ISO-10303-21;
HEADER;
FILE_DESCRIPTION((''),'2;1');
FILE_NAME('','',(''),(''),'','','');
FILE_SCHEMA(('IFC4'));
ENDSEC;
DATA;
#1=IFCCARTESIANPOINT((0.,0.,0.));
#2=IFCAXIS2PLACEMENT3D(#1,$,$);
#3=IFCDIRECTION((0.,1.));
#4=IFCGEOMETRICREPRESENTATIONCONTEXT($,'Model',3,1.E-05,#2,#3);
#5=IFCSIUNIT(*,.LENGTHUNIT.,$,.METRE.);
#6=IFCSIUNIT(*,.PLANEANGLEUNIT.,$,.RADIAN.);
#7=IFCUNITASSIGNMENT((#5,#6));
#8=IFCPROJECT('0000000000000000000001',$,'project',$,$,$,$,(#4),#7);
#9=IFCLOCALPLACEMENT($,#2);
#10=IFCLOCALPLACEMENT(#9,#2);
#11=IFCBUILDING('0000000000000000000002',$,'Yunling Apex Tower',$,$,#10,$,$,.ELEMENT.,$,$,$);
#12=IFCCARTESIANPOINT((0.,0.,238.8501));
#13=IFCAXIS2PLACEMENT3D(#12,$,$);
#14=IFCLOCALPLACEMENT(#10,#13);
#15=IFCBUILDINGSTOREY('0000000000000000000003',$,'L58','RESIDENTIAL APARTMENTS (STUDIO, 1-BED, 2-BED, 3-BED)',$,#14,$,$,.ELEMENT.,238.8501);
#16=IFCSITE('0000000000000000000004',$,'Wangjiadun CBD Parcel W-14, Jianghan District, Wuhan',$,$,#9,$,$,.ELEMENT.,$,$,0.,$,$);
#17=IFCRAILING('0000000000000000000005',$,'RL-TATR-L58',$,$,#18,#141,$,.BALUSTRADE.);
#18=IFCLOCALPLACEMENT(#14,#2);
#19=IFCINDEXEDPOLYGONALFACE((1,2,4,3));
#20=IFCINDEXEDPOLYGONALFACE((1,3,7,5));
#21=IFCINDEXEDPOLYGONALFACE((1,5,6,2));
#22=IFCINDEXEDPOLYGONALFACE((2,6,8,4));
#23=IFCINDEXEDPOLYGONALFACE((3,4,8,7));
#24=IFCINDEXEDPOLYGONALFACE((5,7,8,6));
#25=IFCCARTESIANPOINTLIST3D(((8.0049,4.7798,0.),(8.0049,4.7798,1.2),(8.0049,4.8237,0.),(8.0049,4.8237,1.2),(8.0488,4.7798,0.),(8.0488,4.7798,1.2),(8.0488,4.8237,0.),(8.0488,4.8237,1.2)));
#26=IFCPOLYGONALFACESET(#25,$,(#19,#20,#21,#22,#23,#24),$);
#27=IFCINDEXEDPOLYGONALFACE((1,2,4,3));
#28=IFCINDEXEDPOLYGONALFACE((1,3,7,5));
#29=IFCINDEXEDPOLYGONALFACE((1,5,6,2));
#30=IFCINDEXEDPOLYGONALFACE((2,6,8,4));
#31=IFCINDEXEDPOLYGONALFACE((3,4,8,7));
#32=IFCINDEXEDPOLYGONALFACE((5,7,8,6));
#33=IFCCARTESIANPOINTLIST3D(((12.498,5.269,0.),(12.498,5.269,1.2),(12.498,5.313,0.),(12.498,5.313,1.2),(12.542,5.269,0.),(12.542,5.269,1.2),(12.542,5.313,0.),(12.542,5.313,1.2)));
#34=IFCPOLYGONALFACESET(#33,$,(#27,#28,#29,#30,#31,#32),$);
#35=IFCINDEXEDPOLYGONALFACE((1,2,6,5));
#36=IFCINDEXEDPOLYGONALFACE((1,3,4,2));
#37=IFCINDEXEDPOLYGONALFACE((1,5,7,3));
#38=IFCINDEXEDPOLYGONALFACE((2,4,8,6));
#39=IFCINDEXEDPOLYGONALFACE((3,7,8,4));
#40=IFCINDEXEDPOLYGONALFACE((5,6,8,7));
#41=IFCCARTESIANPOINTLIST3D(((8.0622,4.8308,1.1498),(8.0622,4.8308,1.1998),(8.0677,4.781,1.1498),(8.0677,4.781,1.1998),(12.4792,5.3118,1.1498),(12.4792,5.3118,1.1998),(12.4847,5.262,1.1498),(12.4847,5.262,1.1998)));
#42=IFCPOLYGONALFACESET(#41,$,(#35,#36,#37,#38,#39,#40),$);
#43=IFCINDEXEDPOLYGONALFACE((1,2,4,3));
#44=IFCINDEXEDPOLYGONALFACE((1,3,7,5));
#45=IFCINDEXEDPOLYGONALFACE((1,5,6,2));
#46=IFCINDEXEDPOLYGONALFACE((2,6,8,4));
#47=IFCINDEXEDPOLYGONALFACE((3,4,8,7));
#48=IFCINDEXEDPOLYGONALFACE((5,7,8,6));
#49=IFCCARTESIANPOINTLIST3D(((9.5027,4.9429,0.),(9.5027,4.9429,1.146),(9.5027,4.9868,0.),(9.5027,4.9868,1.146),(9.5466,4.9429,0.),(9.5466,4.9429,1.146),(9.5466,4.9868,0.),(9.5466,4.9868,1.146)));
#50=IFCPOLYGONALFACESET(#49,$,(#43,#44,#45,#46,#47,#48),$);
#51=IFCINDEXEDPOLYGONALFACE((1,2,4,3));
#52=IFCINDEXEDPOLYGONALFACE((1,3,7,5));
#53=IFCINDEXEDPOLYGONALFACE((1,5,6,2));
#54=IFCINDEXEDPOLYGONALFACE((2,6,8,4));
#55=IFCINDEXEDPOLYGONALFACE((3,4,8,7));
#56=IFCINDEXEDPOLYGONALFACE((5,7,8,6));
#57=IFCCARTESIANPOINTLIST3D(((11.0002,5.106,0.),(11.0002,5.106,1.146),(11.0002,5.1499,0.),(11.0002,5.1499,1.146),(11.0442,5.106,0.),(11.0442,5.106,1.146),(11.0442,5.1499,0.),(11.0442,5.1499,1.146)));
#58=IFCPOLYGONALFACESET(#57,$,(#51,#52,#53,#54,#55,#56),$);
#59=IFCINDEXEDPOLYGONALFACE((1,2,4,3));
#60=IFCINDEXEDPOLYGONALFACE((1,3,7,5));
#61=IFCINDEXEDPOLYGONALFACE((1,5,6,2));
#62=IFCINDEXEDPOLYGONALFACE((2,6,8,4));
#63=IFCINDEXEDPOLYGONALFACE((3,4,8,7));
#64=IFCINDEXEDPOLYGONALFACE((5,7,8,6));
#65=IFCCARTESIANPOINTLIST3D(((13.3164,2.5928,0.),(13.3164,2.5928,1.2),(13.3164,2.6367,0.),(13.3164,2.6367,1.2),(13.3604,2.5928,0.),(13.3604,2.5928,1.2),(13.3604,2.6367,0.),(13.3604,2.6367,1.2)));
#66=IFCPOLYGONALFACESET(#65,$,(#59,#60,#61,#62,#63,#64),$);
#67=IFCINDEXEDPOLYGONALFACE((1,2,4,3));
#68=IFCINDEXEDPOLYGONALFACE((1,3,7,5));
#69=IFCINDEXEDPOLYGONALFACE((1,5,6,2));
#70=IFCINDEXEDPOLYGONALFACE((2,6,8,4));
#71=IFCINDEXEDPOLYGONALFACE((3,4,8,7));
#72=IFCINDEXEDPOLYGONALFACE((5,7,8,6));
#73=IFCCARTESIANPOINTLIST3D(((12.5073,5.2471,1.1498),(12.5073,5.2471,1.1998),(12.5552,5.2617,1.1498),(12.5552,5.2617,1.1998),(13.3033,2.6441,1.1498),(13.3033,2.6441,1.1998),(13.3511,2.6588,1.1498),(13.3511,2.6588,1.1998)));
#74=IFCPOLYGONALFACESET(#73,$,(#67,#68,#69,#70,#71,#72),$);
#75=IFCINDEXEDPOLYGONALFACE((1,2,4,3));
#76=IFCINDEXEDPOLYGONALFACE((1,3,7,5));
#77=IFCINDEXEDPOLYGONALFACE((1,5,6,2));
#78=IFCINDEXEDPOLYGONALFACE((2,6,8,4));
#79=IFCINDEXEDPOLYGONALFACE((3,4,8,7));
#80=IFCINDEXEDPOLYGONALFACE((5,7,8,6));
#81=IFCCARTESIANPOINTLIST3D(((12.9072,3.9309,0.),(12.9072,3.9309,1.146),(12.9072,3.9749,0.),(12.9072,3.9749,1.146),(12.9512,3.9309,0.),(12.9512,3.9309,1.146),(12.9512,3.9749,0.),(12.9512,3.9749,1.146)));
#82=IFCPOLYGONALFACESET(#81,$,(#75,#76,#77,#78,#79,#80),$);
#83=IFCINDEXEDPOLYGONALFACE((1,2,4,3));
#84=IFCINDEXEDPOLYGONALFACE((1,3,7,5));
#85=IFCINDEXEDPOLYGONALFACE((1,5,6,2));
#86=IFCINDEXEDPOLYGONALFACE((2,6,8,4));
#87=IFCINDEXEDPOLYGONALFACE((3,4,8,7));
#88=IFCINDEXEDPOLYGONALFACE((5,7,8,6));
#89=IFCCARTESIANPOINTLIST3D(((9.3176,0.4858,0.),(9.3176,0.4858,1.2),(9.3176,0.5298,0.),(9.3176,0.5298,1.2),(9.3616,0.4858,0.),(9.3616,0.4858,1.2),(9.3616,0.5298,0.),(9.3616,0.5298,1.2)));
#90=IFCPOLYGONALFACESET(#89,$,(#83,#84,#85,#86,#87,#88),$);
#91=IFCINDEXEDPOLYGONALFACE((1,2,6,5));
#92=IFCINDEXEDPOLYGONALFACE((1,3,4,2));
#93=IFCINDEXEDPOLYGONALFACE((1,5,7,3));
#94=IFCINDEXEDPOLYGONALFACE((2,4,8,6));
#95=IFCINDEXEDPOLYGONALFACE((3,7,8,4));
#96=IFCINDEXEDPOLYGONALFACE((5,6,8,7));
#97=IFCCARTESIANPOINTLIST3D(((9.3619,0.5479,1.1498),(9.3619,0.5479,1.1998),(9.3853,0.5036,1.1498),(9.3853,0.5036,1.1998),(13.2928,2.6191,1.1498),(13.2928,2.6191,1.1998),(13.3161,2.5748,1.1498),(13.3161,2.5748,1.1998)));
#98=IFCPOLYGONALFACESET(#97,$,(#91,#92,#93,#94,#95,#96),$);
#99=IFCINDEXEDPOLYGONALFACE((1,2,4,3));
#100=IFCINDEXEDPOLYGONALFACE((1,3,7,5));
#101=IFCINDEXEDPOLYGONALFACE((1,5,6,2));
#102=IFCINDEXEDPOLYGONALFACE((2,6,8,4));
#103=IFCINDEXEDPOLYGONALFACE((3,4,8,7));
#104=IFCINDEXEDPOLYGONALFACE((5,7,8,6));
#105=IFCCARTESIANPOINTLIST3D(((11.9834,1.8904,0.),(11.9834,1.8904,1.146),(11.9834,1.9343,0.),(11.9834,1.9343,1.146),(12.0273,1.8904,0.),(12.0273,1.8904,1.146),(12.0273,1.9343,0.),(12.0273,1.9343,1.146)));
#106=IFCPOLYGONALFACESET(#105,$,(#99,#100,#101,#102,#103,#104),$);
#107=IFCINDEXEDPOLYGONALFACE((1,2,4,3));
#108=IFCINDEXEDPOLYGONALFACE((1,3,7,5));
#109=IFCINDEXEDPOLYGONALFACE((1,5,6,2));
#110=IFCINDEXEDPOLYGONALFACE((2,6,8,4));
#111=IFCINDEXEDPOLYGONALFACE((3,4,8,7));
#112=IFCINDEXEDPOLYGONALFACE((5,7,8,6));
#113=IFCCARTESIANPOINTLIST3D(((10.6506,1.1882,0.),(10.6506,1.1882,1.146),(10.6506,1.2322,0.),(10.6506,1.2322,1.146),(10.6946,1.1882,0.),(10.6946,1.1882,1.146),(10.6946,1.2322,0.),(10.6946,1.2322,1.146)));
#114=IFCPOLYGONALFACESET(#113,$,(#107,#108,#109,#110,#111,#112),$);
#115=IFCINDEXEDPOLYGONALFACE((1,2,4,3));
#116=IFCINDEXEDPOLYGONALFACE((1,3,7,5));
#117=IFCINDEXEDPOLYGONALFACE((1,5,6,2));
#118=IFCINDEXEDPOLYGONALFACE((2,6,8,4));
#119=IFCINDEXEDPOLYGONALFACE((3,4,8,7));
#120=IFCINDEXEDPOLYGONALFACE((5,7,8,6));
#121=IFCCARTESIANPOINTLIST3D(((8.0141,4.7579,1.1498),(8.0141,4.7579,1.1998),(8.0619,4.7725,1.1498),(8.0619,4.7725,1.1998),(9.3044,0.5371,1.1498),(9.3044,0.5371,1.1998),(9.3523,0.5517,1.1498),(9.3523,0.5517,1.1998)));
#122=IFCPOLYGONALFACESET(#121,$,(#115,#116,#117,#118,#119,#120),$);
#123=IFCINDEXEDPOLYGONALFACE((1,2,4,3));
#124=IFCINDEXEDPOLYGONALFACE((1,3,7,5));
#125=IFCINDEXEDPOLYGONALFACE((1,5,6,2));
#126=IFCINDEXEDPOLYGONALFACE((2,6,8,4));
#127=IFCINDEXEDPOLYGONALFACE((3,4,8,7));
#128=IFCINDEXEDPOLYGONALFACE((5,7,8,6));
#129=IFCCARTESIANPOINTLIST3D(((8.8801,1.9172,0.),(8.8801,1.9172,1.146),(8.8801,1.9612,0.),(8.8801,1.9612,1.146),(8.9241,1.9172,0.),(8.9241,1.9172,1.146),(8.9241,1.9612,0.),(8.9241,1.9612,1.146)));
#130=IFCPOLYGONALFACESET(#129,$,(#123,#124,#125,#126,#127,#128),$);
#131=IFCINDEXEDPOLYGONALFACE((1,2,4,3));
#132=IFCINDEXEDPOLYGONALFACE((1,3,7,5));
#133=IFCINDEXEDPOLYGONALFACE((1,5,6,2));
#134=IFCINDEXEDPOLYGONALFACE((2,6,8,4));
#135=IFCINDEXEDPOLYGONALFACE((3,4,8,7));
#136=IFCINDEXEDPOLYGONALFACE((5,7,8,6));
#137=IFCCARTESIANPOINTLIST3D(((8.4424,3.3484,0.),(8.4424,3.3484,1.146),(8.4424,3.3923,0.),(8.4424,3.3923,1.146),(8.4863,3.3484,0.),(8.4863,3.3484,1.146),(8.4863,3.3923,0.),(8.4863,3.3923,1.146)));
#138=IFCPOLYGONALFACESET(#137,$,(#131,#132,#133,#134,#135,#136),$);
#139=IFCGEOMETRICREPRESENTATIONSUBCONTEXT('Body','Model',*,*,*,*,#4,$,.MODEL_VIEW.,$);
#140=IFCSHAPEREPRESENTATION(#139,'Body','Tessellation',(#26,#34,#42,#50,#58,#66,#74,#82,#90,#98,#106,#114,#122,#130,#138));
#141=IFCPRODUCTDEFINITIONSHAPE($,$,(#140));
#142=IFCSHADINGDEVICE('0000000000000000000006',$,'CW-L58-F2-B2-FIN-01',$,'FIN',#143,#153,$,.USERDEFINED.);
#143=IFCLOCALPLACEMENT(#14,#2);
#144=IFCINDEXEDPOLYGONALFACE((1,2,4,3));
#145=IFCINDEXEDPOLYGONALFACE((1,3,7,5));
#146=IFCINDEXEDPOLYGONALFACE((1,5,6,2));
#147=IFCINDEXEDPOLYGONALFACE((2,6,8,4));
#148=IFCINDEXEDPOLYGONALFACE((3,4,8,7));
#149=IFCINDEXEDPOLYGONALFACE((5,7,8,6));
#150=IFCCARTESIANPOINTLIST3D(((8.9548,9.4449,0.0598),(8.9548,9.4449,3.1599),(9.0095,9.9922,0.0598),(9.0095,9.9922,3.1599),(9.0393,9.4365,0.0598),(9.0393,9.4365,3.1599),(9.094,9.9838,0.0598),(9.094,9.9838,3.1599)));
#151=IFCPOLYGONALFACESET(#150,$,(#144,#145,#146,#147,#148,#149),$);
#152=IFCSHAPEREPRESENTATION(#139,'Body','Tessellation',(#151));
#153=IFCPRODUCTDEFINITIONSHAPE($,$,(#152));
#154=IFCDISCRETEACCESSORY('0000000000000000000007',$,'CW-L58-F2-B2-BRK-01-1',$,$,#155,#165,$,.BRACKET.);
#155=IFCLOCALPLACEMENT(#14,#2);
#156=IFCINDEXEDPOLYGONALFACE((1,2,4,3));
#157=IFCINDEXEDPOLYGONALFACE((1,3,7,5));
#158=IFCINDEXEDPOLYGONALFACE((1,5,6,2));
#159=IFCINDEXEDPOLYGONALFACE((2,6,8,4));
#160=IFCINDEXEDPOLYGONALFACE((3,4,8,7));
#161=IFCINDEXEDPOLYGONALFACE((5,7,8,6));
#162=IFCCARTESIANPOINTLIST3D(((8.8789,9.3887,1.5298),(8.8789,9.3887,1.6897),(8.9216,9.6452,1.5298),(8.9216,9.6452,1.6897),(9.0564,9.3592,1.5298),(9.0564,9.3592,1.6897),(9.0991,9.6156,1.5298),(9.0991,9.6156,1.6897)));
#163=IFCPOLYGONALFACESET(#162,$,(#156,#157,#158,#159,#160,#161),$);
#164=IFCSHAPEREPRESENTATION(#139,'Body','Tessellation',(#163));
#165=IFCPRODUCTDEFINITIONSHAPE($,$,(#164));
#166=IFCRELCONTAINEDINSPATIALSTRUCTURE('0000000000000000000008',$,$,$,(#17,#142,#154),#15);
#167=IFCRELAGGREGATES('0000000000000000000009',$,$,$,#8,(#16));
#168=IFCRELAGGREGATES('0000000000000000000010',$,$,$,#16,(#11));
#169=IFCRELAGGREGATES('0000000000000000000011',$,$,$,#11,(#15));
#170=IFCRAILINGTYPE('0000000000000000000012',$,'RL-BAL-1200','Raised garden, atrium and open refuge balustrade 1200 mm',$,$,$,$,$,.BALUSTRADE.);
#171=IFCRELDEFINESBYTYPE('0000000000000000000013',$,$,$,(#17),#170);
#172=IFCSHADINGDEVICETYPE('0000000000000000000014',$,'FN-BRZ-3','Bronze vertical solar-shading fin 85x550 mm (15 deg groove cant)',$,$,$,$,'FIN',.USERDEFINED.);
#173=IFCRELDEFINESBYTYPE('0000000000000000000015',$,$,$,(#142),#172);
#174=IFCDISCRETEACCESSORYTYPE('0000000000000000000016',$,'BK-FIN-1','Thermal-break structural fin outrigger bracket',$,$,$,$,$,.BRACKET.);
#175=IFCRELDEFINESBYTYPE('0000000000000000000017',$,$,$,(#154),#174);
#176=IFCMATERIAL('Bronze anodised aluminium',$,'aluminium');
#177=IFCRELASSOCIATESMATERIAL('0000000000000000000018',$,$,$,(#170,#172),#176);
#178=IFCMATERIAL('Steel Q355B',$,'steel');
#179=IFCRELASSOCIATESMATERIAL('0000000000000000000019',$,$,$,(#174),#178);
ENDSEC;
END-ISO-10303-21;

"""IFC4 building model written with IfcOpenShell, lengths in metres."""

from ifc_helpers import new_model, si_unit, direction, frame, origin, origin_2d, place, context, subcontext, project, spatial, rectangle, extrude, source, transform, mapped, material, material_profile, profile_set, type_object, element, save


model = new_model("IFC4")

# Units and contexts
model_context = context("Model", 3, precision=1e-05, world=origin(), true_north=direction((0.0, 1.0)))
body_context = subcontext(model_context, "Body", "Model", "MODEL_VIEW")
ifc_project = project(units=[si_unit("LENGTHUNIT", "METRE"), si_unit("PLANEANGLEUNIT", "RADIAN")], contexts=[model_context])

# Site, building, storey
site_placement = place(None, origin())
site = spatial("IfcSite", under=ifc_project, at=site_placement, Name="Wangjiadun CBD Parcel W-14, Jianghan District, Wuhan", CompositionType="ELEMENT", RefElevation=0.0)
building_placement = place(site_placement, origin())
building = spatial("IfcBuilding", under=site, at=building_placement, Name="Yunling Apex Tower", CompositionType="ELEMENT")
storey_placement = place(building_placement, frame((0.0, 0.0, 238.8501)))
storey = spatial("IfcBuildingStorey", under=building, at=storey_placement, Name="L58", Description="RESIDENTIAL APARTMENTS (STUDIO, 1-BED, 2-BED, 3-BED)", CompositionType="ELEMENT", Elevation=238.8501)

# Shared definitions
ifc_material_1 = material(Name="Steel Q355B", Category="steel")

# Shared definitions
ifc_material_2 = material(Name="Bronze anodised aluminium", Category="aluminium")

# Railing
railing_type = type_object("IfcRailingType", Name="RL-BAL-1200", Description="Raised garden, atrium and open refuge balustrade 1200 mm", PredefinedType="BALUSTRADE", material=ifc_material_2)
railing_1_placement = place(storey_placement, frame((8.0269, 4.8018, 0.0)))
element("IfcRailing", 1, at=railing_1_placement, inside=storey, type_object=railing_type, Name="RL-TATR-L58", PredefinedType="BALUSTRADE", context=body_context, shape_type="SweptSolid", body=[
    extrude(rectangle(XDim=0.0439, YDim=0.0439, at=origin_2d()), origin(), (0.0, 0.0, 1.0), 1.2),
    extrude(rectangle(XDim=0.0439, YDim=0.0439, at=origin_2d()), frame((4.4932, 0.4893, 0.0)), (0.0, 0.0, 1.0), 1.2),
    extrude(rectangle(XDim=0.05, YDim=0.05, at=origin_2d()), frame((0.0381, 0.0042, 1.1748), z_axis=(0.994124, 0.10825, 0.0), x_axis=(-0.10825, 0.994124, 0.0)), (0.0, 0.0, 1.0), 4.4431),
    extrude(rectangle(XDim=0.0439, YDim=0.0439, at=origin_2d()), frame((1.4978, 0.1631, 0.0)), (0.0, 0.0, 1.0), 1.146),
    extrude(rectangle(XDim=0.0439, YDim=0.0439, at=origin_2d()), frame((2.9954, 0.3262, 0.0)), (0.0, 0.0, 1.0), 1.146),
    extrude(rectangle(XDim=0.0439, YDim=0.0439, at=origin_2d()), frame((5.3115, -2.187, 0.0)), (0.0, 0.0, 1.0), 1.2),
    extrude(rectangle(XDim=0.05, YDim=0.05, at=origin_2d()), frame((4.5044, 0.4526, 1.1748), z_axis=(0.292418, -0.956291, 0.0), x_axis=(0.956291, 0.292418, 0.0)), (0.0, 0.0, 1.0), 2.7219),
    extrude(rectangle(XDim=0.0439, YDim=0.0439, at=origin_2d()), frame((4.9023, -0.8489, 0.0)), (0.0, 0.0, 1.0), 1.146),
    extrude(rectangle(XDim=0.0439, YDim=0.0439, at=origin_2d()), frame((1.3127, -4.2939, 0.0)), (0.0, 0.0, 1.0), 1.2),
    extrude(rectangle(XDim=0.05, YDim=0.05, at=origin_2d()), frame((5.2776, -2.2048, 1.1748), z_axis=(-0.884707, -0.466147, 0.0), x_axis=(0.466147, -0.884707, 0.0)), (0.0, 0.0, 1.0), 4.4431),
    extrude(rectangle(XDim=0.0439, YDim=0.0439, at=origin_2d()), frame((3.9785, -2.8894, 0.0)), (0.0, 0.0, 1.0), 1.146),
    extrude(rectangle(XDim=0.0439, YDim=0.0439, at=origin_2d()), frame((2.6458, -3.5916, 0.0)), (0.0, 0.0, 1.0), 1.146),
    extrude(rectangle(XDim=0.05, YDim=0.05, at=origin_2d()), frame((1.3015, -4.2573, 1.1748), z_axis=(-0.292362, 0.956308, 0.0), x_axis=(-0.956308, -0.292362, 0.0)), (0.0, 0.0, 1.0), 4.4136),
    extrude(rectangle(XDim=0.0439, YDim=0.0439, at=origin_2d()), frame((0.8752, -2.8625, 0.0)), (0.0, 0.0, 1.0), 1.146),
    extrude(rectangle(XDim=0.0439, YDim=0.0439, at=origin_2d()), frame((0.4375, -1.4314, 0.0)), (0.0, 0.0, 1.0), 1.146),
])

# Shading device
ifc_material_profile_1 = material_profile(ifc_material_2, rectangle(XDim=0.085, YDim=0.55, at=origin_2d()))
ifc_profile_set_1 = profile_set([ifc_material_profile_1], Name="Bronze anodised aluminium")
shading_device_type = type_object("IfcShadingDeviceType", Name="FN-BRZ-3", Description="Bronze vertical solar-shading fin 85x550 mm (15 deg groove cant)", ElementType="FIN", PredefinedType="USERDEFINED", material=ifc_profile_set_1)
shared_shape_1 = source(origin(), body_context, "Body", "SweptSolid", [
    extrude(rectangle(XDim=0.085, YDim=0.55, at=origin_2d()), origin(), (0.0, 0.0, 1.0), 3.1001),
])
shading_device_placement = place(storey_placement, frame((9.0244, 9.7144, 0.0598), z_axis=(0.0, 0.0, 1.0), x_axis=(-0.995038, 0.099493, 0.0)))
element("IfcShadingDevice", 2, at=shading_device_placement, inside=storey, type_object=shading_device_type, Name="CW-L58-F2-B2-FIN-01", ObjectType="FIN", PredefinedType="USERDEFINED", context=body_context, shape_type="MappedRepresentation", body=[
    mapped(shared_shape_1, transform((0.0, 0.0, 0.0), scale=1.0)),
])

# Discrete accessory
discrete_accessory_type = type_object("IfcDiscreteAccessoryType", Name="BK-FIN-1", Description="Thermal-break structural fin outrigger bracket", PredefinedType="BRACKET", material=ifc_material_1)
shared_shape_2 = source(origin(), body_context, "Body", "SweptSolid", [
    extrude(rectangle(XDim=0.1799, YDim=0.26, at=origin_2d()), origin(), (0.0, 0.0, 1.0), 0.1599),
])
discrete_accessory_placement = place(storey_placement, frame((8.989, 9.5022, 1.5298), z_axis=(0.0, 0.0, 1.0), x_axis=(-0.986401, 0.164359, 0.0)))
element("IfcDiscreteAccessory", 3, at=discrete_accessory_placement, inside=storey, type_object=discrete_accessory_type, Name="CW-L58-F2-B2-BRK-01-1", PredefinedType="BRACKET", context=body_context, shape_type="MappedRepresentation", body=[
    mapped(shared_shape_2, transform((0.0, 0.0, 0.0), scale=1.0)),
])

save(model, "model.ifc")
